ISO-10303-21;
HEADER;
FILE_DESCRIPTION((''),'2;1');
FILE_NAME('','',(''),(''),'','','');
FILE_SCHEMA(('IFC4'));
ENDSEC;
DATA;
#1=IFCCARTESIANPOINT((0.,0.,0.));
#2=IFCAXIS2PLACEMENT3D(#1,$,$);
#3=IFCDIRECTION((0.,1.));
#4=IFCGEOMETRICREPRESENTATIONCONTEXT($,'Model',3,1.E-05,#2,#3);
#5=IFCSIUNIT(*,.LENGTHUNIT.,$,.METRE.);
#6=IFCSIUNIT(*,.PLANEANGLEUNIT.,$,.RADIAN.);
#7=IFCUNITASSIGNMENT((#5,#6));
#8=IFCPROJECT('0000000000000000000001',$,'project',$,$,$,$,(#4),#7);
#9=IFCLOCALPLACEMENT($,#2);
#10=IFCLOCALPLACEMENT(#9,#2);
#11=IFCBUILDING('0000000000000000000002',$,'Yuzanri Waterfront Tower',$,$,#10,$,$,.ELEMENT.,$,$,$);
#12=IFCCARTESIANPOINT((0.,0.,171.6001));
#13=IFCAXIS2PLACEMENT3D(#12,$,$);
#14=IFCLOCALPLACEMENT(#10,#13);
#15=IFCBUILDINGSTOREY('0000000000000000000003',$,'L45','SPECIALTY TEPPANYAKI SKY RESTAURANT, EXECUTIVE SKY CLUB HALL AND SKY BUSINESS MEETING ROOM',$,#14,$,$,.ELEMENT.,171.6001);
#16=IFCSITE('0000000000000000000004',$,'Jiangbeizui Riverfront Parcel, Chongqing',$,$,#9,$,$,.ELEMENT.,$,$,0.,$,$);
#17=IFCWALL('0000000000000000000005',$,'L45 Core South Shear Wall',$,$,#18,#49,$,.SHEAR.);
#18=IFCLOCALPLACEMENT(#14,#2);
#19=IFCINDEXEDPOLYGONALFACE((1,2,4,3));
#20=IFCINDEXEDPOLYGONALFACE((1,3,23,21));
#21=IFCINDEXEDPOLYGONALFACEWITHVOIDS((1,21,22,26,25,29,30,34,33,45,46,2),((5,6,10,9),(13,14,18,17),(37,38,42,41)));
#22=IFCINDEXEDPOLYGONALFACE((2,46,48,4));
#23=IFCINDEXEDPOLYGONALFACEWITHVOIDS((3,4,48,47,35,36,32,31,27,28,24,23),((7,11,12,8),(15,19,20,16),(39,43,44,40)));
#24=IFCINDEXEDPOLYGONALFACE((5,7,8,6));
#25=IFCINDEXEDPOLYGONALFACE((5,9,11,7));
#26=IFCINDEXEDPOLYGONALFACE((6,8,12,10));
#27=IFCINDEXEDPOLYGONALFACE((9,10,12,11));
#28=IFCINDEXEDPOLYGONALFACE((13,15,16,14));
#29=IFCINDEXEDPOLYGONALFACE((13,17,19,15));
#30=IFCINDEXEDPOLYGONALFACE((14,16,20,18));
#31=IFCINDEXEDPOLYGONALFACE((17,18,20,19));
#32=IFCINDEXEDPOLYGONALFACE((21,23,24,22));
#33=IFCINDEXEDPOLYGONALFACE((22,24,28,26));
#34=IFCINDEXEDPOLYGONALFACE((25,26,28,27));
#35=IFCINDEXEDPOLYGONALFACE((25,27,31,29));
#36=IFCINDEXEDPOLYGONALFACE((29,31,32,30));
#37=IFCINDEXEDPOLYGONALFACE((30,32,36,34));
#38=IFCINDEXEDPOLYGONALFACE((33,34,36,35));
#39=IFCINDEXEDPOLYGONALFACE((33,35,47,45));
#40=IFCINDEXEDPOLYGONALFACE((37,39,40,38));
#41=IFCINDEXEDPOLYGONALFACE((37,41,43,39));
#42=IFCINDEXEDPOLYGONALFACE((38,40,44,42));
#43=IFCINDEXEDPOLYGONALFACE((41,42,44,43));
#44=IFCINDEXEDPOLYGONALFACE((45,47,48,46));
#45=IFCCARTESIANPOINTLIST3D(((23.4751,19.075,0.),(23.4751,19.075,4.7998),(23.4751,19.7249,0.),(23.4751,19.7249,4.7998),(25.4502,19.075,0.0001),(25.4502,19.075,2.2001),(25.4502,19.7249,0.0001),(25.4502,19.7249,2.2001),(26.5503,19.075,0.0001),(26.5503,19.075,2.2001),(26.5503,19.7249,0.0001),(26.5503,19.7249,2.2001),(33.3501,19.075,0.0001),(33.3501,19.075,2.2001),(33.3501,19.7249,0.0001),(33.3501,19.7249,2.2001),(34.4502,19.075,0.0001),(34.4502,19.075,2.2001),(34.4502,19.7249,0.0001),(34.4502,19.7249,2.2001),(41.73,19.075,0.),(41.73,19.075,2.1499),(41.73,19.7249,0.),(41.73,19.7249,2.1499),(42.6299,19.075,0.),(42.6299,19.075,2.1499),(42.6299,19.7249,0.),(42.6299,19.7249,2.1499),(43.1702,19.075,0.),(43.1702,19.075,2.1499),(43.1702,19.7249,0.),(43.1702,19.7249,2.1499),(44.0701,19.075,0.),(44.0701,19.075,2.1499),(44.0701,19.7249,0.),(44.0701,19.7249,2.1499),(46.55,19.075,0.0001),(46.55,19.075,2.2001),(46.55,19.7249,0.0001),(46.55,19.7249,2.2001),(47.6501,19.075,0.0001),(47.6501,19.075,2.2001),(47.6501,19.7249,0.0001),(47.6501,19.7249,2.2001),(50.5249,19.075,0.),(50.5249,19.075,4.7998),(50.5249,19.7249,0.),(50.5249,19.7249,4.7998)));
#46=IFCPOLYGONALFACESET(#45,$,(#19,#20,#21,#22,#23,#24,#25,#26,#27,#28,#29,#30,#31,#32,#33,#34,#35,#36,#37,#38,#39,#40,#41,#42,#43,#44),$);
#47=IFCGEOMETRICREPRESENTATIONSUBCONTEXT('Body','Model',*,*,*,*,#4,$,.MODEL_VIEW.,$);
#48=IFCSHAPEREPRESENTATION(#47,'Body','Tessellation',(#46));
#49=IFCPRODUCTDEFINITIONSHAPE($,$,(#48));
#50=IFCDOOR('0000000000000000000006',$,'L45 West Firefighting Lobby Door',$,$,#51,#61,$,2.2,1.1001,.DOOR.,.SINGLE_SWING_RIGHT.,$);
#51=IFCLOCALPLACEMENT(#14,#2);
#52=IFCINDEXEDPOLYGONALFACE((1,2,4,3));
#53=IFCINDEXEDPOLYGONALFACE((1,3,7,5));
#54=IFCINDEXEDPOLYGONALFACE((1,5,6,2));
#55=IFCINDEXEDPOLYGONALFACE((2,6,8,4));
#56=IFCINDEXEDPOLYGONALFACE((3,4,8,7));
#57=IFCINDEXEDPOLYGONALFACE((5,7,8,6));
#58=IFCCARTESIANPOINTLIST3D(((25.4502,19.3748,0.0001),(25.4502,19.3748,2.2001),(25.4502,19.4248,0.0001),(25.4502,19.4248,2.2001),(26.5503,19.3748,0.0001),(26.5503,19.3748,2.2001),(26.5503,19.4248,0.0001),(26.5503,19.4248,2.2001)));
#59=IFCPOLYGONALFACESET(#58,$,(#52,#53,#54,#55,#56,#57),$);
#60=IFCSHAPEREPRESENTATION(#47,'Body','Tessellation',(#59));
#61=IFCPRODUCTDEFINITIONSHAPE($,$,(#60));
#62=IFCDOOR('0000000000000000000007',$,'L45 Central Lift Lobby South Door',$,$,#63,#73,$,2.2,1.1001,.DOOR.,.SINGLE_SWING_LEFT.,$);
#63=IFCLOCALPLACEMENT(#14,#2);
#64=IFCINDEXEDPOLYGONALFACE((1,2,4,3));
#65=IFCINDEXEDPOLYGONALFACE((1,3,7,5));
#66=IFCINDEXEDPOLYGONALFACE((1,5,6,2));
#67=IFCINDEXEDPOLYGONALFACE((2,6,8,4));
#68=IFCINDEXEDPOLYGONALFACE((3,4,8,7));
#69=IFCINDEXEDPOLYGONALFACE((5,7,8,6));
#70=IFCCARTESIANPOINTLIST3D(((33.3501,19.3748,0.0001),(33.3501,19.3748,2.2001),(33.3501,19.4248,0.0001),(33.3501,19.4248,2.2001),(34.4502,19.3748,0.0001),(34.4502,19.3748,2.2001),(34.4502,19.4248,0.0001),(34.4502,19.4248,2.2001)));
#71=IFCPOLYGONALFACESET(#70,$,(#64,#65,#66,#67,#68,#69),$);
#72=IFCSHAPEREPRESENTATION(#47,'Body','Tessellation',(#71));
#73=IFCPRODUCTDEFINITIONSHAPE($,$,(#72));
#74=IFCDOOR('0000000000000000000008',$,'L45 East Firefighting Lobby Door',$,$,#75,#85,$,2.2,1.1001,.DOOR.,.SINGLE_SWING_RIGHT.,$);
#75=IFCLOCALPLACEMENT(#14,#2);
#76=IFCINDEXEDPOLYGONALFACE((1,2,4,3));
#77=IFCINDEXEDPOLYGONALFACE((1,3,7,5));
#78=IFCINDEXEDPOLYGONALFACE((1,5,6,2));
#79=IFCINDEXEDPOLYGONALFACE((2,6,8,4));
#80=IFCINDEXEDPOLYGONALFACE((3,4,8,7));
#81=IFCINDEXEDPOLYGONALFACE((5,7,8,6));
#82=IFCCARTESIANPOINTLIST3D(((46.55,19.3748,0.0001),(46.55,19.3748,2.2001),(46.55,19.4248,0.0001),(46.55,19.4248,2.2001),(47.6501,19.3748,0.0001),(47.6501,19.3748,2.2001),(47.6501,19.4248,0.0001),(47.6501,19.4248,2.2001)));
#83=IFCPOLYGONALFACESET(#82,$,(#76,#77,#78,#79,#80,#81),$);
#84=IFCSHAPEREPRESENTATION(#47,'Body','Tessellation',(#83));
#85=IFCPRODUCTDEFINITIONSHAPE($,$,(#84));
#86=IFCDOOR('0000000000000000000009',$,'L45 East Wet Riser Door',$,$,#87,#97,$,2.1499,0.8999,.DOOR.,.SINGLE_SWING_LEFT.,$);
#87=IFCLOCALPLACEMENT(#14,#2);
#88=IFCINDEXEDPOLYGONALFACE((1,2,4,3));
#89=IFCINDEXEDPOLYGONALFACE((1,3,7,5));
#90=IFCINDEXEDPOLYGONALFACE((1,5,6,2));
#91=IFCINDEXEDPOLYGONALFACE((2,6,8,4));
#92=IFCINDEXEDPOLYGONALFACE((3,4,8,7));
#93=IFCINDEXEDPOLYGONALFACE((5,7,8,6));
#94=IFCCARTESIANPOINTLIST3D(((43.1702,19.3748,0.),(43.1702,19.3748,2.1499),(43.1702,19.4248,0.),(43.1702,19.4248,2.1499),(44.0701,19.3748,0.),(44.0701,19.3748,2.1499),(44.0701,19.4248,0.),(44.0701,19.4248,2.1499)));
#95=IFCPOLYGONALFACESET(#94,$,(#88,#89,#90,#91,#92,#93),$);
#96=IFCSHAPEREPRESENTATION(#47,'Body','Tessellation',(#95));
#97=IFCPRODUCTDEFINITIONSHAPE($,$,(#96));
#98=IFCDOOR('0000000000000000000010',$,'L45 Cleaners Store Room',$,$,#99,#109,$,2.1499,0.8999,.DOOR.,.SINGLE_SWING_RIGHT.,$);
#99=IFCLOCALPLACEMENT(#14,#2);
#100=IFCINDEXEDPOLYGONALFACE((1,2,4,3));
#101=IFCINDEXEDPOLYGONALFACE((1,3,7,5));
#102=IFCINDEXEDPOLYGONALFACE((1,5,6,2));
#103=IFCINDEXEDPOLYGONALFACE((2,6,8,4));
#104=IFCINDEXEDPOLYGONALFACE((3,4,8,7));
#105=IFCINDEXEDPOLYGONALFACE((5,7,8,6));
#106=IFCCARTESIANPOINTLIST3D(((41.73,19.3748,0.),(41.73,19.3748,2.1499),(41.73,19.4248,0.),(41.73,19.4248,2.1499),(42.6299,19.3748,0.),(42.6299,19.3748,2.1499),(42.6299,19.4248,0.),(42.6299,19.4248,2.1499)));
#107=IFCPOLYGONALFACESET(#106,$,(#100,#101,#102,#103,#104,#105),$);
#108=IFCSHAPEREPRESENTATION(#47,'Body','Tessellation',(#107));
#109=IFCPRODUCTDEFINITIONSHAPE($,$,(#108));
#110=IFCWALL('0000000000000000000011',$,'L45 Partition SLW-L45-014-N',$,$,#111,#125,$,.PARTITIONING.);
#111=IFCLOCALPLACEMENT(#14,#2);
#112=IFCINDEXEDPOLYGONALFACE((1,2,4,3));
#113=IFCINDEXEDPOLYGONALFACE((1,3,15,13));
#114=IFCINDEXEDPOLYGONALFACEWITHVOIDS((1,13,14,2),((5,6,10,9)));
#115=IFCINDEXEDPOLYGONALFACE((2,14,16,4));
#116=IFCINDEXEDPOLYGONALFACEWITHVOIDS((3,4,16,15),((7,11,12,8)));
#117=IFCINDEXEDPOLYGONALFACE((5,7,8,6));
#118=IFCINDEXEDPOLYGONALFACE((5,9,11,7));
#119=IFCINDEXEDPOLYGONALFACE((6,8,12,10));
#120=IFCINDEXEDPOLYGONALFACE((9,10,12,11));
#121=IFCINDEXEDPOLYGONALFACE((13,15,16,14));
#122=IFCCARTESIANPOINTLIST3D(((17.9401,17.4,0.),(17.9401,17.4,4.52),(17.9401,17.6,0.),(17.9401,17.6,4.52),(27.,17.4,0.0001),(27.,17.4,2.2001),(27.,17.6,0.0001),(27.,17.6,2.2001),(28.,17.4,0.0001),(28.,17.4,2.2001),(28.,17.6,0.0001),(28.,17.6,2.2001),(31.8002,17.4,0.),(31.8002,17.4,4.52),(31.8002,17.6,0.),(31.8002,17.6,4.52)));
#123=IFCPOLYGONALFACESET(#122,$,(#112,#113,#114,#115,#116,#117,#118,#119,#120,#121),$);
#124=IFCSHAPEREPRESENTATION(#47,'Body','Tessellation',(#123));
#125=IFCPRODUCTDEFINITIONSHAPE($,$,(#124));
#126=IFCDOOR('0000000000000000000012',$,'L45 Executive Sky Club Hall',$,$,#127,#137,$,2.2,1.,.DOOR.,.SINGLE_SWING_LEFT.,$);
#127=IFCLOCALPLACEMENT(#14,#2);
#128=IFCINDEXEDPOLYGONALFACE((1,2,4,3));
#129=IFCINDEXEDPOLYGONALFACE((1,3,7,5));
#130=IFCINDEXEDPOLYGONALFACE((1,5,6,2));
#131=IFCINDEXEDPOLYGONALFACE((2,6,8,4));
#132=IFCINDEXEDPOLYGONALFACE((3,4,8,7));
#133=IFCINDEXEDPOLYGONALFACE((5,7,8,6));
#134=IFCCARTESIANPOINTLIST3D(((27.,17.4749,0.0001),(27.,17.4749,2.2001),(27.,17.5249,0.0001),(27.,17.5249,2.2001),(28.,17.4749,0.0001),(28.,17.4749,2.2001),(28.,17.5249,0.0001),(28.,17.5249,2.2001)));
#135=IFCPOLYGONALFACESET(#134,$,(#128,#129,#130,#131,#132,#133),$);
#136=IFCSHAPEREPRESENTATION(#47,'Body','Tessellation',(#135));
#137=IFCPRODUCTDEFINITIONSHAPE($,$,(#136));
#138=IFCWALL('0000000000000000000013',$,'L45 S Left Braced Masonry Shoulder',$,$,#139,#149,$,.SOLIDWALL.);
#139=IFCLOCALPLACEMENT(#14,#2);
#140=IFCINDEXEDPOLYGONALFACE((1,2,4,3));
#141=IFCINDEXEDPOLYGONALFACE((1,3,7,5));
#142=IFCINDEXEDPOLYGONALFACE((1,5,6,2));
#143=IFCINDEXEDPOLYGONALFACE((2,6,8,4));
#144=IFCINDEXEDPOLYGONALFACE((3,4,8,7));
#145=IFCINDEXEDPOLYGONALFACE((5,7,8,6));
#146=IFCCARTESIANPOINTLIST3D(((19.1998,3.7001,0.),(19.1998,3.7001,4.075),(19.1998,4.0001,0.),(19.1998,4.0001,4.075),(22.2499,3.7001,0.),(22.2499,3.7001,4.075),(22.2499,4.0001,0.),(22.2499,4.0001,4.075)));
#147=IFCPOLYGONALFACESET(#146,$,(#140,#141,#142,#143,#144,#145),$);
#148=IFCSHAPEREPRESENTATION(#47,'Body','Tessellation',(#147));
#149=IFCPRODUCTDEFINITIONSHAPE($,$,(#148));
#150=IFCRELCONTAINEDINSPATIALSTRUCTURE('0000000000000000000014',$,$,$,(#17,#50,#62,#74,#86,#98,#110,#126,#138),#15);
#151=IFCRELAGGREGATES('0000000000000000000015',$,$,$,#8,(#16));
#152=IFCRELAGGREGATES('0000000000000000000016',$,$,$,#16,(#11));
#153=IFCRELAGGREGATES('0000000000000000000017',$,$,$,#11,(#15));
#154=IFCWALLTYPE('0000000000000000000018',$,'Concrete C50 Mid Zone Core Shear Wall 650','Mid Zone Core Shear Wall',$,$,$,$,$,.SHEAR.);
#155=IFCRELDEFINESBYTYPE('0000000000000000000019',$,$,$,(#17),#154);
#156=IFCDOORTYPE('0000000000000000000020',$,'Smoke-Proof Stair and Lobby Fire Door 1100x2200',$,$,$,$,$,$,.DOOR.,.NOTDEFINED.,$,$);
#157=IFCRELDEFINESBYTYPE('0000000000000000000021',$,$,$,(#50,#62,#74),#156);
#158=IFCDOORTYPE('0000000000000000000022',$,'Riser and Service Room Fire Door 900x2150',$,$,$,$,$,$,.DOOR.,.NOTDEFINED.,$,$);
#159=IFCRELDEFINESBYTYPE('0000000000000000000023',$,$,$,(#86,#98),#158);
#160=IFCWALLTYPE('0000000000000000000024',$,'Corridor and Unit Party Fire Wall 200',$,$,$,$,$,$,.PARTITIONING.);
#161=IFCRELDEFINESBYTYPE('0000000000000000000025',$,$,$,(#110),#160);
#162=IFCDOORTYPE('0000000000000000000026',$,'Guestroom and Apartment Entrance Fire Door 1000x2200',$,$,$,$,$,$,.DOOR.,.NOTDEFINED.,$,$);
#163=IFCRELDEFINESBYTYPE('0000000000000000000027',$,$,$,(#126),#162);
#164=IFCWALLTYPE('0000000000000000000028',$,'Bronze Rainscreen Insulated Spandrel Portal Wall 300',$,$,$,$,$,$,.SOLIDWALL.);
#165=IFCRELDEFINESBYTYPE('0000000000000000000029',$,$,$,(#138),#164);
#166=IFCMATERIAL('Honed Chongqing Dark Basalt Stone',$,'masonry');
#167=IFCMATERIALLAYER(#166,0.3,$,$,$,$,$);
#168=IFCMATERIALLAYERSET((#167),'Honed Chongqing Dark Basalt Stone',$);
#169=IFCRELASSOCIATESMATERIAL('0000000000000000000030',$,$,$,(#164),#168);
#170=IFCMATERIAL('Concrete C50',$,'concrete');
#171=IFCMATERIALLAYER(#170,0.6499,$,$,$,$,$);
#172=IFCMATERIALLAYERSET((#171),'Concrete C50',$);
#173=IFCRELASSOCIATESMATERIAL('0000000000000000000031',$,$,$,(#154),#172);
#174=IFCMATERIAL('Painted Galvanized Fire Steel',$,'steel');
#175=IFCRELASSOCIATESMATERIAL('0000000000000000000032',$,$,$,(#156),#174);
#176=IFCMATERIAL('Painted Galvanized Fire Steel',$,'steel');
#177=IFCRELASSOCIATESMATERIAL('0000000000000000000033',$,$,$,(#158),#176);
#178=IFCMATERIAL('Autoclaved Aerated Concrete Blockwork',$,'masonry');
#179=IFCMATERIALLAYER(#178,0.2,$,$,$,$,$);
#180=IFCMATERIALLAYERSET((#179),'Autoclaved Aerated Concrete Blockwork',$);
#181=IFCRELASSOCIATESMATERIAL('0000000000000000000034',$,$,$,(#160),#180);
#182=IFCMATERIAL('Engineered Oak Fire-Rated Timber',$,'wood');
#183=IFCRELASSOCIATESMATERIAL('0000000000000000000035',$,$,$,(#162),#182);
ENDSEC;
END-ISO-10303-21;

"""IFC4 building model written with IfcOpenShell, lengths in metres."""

from ifc_helpers import new_model, si_unit, direction, frame, frame_2d, origin, place, context, subcontext, project, spatial, rectangle, extrude, source, transform, mapped, material, layer, layer_set, type_object, element, fill, save


model = new_model("IFC4")

# Units and contexts
model_context = context("Model", 3, precision=1e-05, world=origin(), true_north=direction((0.0, 1.0)))
body_context = subcontext(model_context, "Body", "Model", "MODEL_VIEW")
ifc_project = project(units=[si_unit("LENGTHUNIT", "METRE"), si_unit("PLANEANGLEUNIT", "RADIAN")], contexts=[model_context])

# Site, building, storey
site_placement = place(None, origin())
site = spatial("IfcSite", under=ifc_project, at=site_placement, Name="Jiangbeizui Riverfront Parcel, Chongqing", CompositionType="ELEMENT", RefElevation=0.0)
building_placement = place(site_placement, origin())
building = spatial("IfcBuilding", under=site, at=building_placement, Name="Yuzanri Waterfront Tower", CompositionType="ELEMENT")
storey_placement = place(building_placement, frame((0.0, 0.0, 171.6001)))
storey = spatial("IfcBuildingStorey", under=building, at=storey_placement, Name="L45", Description="SPECIALTY TEPPANYAKI SKY RESTAURANT, EXECUTIVE SKY CLUB HALL AND SKY BUSINESS MEETING ROOM", CompositionType="ELEMENT", Elevation=171.6001)

# Shared definitions
ifc_material_1 = material(Name="Honed Chongqing Dark Basalt Stone", Category="masonry")
ifc_layer_1 = layer(ifc_material_1, 0.3)
ifc_layer_set_1 = layer_set([ifc_layer_1], Name="Honed Chongqing Dark Basalt Stone")
wall_type_1 = type_object("IfcWallType", Name="Bronze Rainscreen Insulated Spandrel Portal Wall 300", PredefinedType="SOLIDWALL", material=ifc_layer_set_1)

# Wall, openings, doors
ifc_material_2 = material(Name="Concrete C50", Category="concrete")
ifc_layer_2 = layer(ifc_material_2, 0.6499)
ifc_layer_set_2 = layer_set([ifc_layer_2], Name="Concrete C50")
wall_type_2 = type_object("IfcWallType", Name="Concrete C50 Mid Zone Core Shear Wall 650", Description="Mid Zone Core Shear Wall", PredefinedType="SHEAR", material=ifc_layer_set_2)
wall_1_placement = place(storey_placement, frame((23.4751, 19.3999, 0.0), z_axis=(0.0, 0.0, 1.0), x_axis=(1.0, 0.0, 0.0)))
wall_1 = element("IfcWall", 1, at=wall_1_placement, inside=storey, type_object=wall_type_2, Name="L45 Core South Shear Wall", PredefinedType="SHEAR", context=body_context, shape_type="SweptSolid", body=[
    extrude(rectangle(XDim=27.0498, YDim=0.6499, at=frame_2d((13.5249, 0.0))), origin(), (0.0, 0.0, 1.0), 4.7998),
])
opening_1_placement = place(wall_1_placement, frame((1.9751, 0.0, 0.0)))
opening_1 = element("IfcOpeningElement", 2, at=opening_1_placement, cuts=wall_1, PredefinedType="OPENING", context=body_context, shape_type="SweptSolid", body=[
    extrude(rectangle(XDim=1.1001, YDim=2.2, at=frame_2d((0.55, 1.1001))), frame((0.0, 0.3398, 0.0), z_axis=(0.0, -1.0, 0.0), x_axis=(1.0, 0.0, 0.0)), (0.0, 0.0, 1.0), 0.6797),
])
opening_2_placement = place(wall_1_placement, frame((9.875, 0.0, 0.0)))
opening_2 = element("IfcOpeningElement", 3, at=opening_2_placement, cuts=wall_1, PredefinedType="OPENING", context=body_context, shape_type="SweptSolid", body=[
    extrude(rectangle(XDim=1.1001, YDim=2.2, at=frame_2d((0.55, 1.1001))), frame((0.0, 0.3398, 0.0), z_axis=(0.0, -1.0, 0.0), x_axis=(1.0, 0.0, 0.0)), (0.0, 0.0, 1.0), 0.6797),
])
opening_3_placement = place(wall_1_placement, frame((23.075, 0.0, 0.0)))
opening_3 = element("IfcOpeningElement", 4, at=opening_3_placement, cuts=wall_1, PredefinedType="OPENING", context=body_context, shape_type="SweptSolid", body=[
    extrude(rectangle(XDim=1.1001, YDim=2.2, at=frame_2d((0.55, 1.1001))), frame((0.0, 0.3398, 0.0), z_axis=(0.0, -1.0, 0.0), x_axis=(1.0, 0.0, 0.0)), (0.0, 0.0, 1.0), 0.6797),
])
opening_4_placement = place(wall_1_placement, frame((19.6951, 0.0, 0.0)))
opening_4 = element("IfcOpeningElement", 5, at=opening_4_placement, cuts=wall_1, PredefinedType="OPENING", context=body_context, shape_type="SweptSolid", body=[
    extrude(rectangle(XDim=0.8999, YDim=2.1499, at=frame_2d((0.45, 1.075))), frame((0.0, 0.3398, 0.0), z_axis=(0.0, -1.0, 0.0), x_axis=(1.0, 0.0, 0.0)), (0.0, 0.0, 1.0), 0.6797),
])
opening_5_placement = place(wall_1_placement, frame((18.2549, 0.0, 0.0)))
opening_5 = element("IfcOpeningElement", 6, at=opening_5_placement, cuts=wall_1, PredefinedType="OPENING", context=body_context, shape_type="SweptSolid", body=[
    extrude(rectangle(XDim=0.8999, YDim=2.1499, at=frame_2d((0.45, 1.075))), frame((0.0, 0.3398, 0.0), z_axis=(0.0, -1.0, 0.0), x_axis=(1.0, 0.0, 0.0)), (0.0, 0.0, 1.0), 0.6797),
])
ifc_material_3 = material(Name="Painted Galvanized Fire Steel", Category="steel")
door_type_1 = type_object("IfcDoorType", Name="Smoke-Proof Stair and Lobby Fire Door 1100x2200", OperationType="NOTDEFINED", PredefinedType="DOOR", material=ifc_material_3)
shared_shape_1 = source(origin(), body_context, "Body", "SweptSolid", [
    extrude(rectangle(XDim=1.1001, YDim=2.2, at=frame_2d((0.55, 1.1001))), frame((0.0, 0.0249, 0.0), z_axis=(0.0, -1.0, 0.0), x_axis=(1.0, 0.0, 0.0)), (0.0, 0.0, 1.0), 0.05),
])
door_1_placement = place(opening_1_placement, origin())
door_1 = element("IfcDoor", 7, at=door_1_placement, inside=storey, type_object=door_type_1, Name="L45 West Firefighting Lobby Door", OperationType="SINGLE_SWING_RIGHT", OverallHeight=2.2, OverallWidth=1.1001, PredefinedType="DOOR", context=body_context, shape_type="MappedRepresentation", body=[
    mapped(shared_shape_1, transform((0.0, 0.0, 0.0), scale=1.0)),
])
fill(opening_1, door_1)
door_2_placement = place(opening_2_placement, origin())
door_2 = element("IfcDoor", 8, at=door_2_placement, inside=storey, type_object=door_type_1, Name="L45 Central Lift Lobby South Door", OperationType="SINGLE_SWING_LEFT", OverallHeight=2.2, OverallWidth=1.1001, PredefinedType="DOOR", context=body_context, shape_type="MappedRepresentation", body=[
    mapped(shared_shape_1, transform((0.0, 0.0, 0.0), scale=1.0)),
])
fill(opening_2, door_2)
door_3_placement = place(opening_3_placement, origin())
door_3 = element("IfcDoor", 9, at=door_3_placement, inside=storey, type_object=door_type_1, Name="L45 East Firefighting Lobby Door", OperationType="SINGLE_SWING_RIGHT", OverallHeight=2.2, OverallWidth=1.1001, PredefinedType="DOOR", context=body_context, shape_type="MappedRepresentation", body=[
    mapped(shared_shape_1, transform((0.0, 0.0, 0.0), scale=1.0)),
])
fill(opening_3, door_3)
ifc_material_4 = material(Name="Painted Galvanized Fire Steel", Category="steel")
door_type_2 = type_object("IfcDoorType", Name="Riser and Service Room Fire Door 900x2150", OperationType="NOTDEFINED", PredefinedType="DOOR", material=ifc_material_4)
shared_shape_2 = source(origin(), body_context, "Body", "SweptSolid", [
    extrude(rectangle(XDim=0.8999, YDim=2.1499, at=frame_2d((0.45, 1.075))), frame((0.0, 0.0249, 0.0), z_axis=(0.0, -1.0, 0.0), x_axis=(1.0, 0.0, 0.0)), (0.0, 0.0, 1.0), 0.05),
])
door_4_placement = place(opening_4_placement, origin())
door_4 = element("IfcDoor", 10, at=door_4_placement, inside=storey, type_object=door_type_2, Name="L45 East Wet Riser Door", OperationType="SINGLE_SWING_LEFT", OverallHeight=2.1499, OverallWidth=0.8999, PredefinedType="DOOR", context=body_context, shape_type="MappedRepresentation", body=[
    mapped(shared_shape_2, transform((0.0, 0.0, 0.0), scale=1.0)),
])
fill(opening_4, door_4)
door_5_placement = place(opening_5_placement, origin())
door_5 = element("IfcDoor", 11, at=door_5_placement, inside=storey, type_object=door_type_2, Name="L45 Cleaners Store Room", OperationType="SINGLE_SWING_RIGHT", OverallHeight=2.1499, OverallWidth=0.8999, PredefinedType="DOOR", context=body_context, shape_type="MappedRepresentation", body=[
    mapped(shared_shape_2, transform((0.0, 0.0, 0.0), scale=1.0)),
])
fill(opening_5, door_5)

# Wall, opening, door
ifc_material_5 = material(Name="Autoclaved Aerated Concrete Blockwork", Category="masonry")
ifc_layer_3 = layer(ifc_material_5, 0.2)
ifc_layer_set_3 = layer_set([ifc_layer_3], Name="Autoclaved Aerated Concrete Blockwork")
wall_type_3 = type_object("IfcWallType", Name="Corridor and Unit Party Fire Wall 200", PredefinedType="PARTITIONING", material=ifc_layer_set_3)
wall_2_placement = place(storey_placement, frame((17.9399, 17.5, 0.0), z_axis=(0.0, 0.0, 1.0), x_axis=(1.0, 0.0, 0.0)))
wall_2 = element("IfcWall", 12, at=wall_2_placement, inside=storey, type_object=wall_type_3, Name="L45 Partition SLW-L45-014-N", PredefinedType="PARTITIONING", context=body_context, shape_type="SweptSolid", body=[
    extrude(rectangle(XDim=13.8601, YDim=0.2, at=frame_2d((6.9302, 0.0))), origin(), (0.0, 0.0, 1.0), 4.52),
])
opening_6_placement = place(wall_2_placement, frame((9.0601, 0.0, 0.0)))
opening_6 = element("IfcOpeningElement", 13, at=opening_6_placement, cuts=wall_2, PredefinedType="OPENING", context=body_context, shape_type="SweptSolid", body=[
    extrude(rectangle(XDim=1.0, YDim=2.2, at=frame_2d((0.5, 1.1001))), frame((0.0, 0.1147, 0.0), z_axis=(0.0, -1.0, 0.0), x_axis=(1.0, 0.0, 0.0)), (0.0, 0.0, 1.0), 0.2297),
])
ifc_material_6 = material(Name="Engineered Oak Fire-Rated Timber", Category="wood")
door_type_3 = type_object("IfcDoorType", Name="Guestroom and Apartment Entrance Fire Door 1000x2200", OperationType="NOTDEFINED", PredefinedType="DOOR", material=ifc_material_6)
shared_shape_3 = source(origin(), body_context, "Body", "SweptSolid", [
    extrude(rectangle(XDim=1.0, YDim=2.2, at=frame_2d((0.5, 1.1001))), frame((0.0, 0.0249, 0.0), z_axis=(0.0, -1.0, 0.0), x_axis=(1.0, 0.0, 0.0)), (0.0, 0.0, 1.0), 0.05),
])
door_6_placement = place(opening_6_placement, origin())
door_6 = element("IfcDoor", 14, at=door_6_placement, inside=storey, type_object=door_type_3, Name="L45 Executive Sky Club Hall", OperationType="SINGLE_SWING_LEFT", OverallHeight=2.2, OverallWidth=1.0, PredefinedType="DOOR", context=body_context, shape_type="MappedRepresentation", body=[
    mapped(shared_shape_3, transform((0.0, 0.0, 0.0), scale=1.0)),
])
fill(opening_6, door_6)

# Wall
shared_shape_4 = source(origin(), body_context, "Body", "SweptSolid", [
    extrude(rectangle(XDim=3.05, YDim=0.3, at=frame_2d((1.5249, 0.0))), origin(), (0.0, 0.0, 1.0), 4.075),
])
wall_3_placement = place(storey_placement, frame((19.2, 3.8501, 0.0), z_axis=(0.0, 0.0, 1.0), x_axis=(1.0, 0.0, 0.0)))
element("IfcWall", 15, at=wall_3_placement, inside=storey, type_object=wall_type_1, Name="L45 S Left Braced Masonry Shoulder", PredefinedType="SOLIDWALL", context=body_context, shape_type="MappedRepresentation", body=[
    mapped(shared_shape_4, transform((0.0, 0.0, 0.0), scale=1.0)),
])

save(model, "model.ifc")
